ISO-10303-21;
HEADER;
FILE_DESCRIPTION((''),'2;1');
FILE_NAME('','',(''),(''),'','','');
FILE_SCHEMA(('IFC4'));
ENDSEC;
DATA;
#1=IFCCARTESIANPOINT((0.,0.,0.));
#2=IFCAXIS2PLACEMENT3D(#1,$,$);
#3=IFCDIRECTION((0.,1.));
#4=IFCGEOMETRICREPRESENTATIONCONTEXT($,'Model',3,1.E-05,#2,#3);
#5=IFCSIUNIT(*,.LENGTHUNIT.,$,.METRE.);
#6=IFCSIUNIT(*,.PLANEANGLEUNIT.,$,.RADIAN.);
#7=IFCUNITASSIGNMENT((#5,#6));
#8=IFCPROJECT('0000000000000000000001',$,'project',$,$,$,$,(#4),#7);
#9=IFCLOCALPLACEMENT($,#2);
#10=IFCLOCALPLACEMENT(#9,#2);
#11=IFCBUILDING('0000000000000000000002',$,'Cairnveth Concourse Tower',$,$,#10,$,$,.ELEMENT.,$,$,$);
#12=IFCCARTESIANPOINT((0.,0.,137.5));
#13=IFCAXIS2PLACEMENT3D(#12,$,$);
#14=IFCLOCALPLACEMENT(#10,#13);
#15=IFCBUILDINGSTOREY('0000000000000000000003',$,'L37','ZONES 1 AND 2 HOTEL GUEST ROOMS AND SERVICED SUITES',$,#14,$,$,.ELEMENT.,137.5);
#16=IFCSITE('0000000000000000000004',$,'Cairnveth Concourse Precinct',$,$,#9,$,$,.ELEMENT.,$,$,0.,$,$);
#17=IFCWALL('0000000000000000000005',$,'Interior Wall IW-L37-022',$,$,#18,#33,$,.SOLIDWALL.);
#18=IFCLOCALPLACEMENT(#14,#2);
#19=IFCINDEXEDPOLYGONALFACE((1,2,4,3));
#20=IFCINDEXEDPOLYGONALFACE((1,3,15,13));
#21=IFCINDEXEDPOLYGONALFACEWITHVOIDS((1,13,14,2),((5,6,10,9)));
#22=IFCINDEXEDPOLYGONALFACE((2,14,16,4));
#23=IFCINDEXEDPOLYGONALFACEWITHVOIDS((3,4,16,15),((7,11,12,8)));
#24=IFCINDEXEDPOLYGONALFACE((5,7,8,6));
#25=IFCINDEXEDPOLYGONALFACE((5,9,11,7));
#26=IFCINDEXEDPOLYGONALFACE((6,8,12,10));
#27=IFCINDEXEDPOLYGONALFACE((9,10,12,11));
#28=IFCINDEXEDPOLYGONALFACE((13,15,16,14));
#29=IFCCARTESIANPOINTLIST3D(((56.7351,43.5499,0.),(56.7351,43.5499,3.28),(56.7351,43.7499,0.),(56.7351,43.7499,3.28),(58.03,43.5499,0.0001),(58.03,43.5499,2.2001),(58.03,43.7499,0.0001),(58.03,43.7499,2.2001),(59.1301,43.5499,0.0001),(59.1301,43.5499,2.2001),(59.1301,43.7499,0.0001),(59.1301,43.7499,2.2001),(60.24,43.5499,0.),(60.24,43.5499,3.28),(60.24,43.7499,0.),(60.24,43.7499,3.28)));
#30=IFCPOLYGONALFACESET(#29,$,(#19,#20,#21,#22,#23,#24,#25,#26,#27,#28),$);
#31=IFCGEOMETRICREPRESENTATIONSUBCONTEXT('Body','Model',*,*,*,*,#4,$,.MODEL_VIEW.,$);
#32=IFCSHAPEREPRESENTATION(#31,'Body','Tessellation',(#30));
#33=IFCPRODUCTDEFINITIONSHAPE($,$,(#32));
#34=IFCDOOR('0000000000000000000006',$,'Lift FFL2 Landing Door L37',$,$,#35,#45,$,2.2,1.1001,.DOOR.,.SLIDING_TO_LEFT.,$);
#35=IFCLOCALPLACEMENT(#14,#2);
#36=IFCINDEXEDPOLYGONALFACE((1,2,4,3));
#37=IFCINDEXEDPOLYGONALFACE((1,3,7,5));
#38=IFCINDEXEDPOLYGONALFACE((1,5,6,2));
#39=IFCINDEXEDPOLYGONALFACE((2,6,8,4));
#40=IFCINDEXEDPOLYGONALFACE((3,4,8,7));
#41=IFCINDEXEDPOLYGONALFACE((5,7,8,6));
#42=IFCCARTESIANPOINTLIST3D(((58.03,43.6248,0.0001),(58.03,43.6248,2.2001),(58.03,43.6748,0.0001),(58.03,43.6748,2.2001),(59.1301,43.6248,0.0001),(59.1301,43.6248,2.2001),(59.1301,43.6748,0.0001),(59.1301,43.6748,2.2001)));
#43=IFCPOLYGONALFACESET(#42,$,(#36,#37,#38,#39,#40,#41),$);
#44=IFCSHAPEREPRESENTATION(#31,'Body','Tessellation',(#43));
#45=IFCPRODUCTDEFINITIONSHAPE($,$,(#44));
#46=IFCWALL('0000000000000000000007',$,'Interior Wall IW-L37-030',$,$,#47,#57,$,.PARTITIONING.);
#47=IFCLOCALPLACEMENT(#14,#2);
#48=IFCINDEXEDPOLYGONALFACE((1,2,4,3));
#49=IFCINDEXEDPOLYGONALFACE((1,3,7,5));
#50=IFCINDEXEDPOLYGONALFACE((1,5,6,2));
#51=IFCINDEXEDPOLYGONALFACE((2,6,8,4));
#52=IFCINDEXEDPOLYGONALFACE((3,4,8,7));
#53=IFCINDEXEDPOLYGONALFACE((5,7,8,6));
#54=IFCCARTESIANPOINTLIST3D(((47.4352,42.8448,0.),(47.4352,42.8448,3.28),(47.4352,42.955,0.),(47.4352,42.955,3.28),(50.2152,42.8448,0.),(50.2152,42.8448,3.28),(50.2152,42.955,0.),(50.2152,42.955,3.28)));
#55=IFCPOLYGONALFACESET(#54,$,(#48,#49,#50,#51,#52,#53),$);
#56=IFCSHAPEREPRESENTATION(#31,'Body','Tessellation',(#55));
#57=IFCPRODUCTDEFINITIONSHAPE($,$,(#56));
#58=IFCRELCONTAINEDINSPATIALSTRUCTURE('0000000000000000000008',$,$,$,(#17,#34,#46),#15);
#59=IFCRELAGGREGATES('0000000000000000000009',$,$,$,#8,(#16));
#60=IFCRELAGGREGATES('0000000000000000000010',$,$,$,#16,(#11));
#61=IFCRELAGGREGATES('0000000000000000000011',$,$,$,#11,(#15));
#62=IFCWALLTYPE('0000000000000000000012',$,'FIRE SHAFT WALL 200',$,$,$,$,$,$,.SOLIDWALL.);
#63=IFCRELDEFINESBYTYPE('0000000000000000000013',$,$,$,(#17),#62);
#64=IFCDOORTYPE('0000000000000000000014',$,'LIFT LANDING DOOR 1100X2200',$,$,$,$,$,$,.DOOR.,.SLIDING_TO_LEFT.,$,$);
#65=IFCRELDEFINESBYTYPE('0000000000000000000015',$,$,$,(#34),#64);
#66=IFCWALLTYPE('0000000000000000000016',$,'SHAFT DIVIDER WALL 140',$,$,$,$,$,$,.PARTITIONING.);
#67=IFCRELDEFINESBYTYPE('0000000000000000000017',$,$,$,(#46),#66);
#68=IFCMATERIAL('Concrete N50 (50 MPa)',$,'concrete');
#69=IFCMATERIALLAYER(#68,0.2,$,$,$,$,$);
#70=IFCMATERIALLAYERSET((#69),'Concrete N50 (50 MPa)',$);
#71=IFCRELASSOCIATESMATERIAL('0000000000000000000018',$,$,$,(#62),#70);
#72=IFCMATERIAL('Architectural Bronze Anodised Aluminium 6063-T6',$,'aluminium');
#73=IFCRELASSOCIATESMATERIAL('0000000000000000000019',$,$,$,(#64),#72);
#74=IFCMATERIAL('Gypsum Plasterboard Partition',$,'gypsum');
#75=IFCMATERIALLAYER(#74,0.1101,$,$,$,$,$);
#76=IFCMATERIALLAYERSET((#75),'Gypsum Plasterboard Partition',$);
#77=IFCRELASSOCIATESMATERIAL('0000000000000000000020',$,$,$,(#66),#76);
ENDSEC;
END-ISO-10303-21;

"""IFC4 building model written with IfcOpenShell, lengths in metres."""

from ifc_helpers import new_model, si_unit, direction, frame, frame_2d, origin, place, context, subcontext, project, spatial, rectangle, extrude, material, layer, layer_set, type_object, element, fill, save


model = new_model("IFC4")

# Units and contexts
model_context = context("Model", 3, precision=1e-05, world=origin(), true_north=direction((0.0, 1.0)))
body_context = subcontext(model_context, "Body", "Model", "MODEL_VIEW")
ifc_project = project(units=[si_unit("LENGTHUNIT", "METRE"), si_unit("PLANEANGLEUNIT", "RADIAN")], contexts=[model_context])

# Site, building, storey
site_placement = place(None, origin())
site = spatial("IfcSite", under=ifc_project, at=site_placement, Name="Cairnveth Concourse Precinct", CompositionType="ELEMENT", RefElevation=0.0)
building_placement = place(site_placement, origin())
building = spatial("IfcBuilding", under=site, at=building_placement, Name="Cairnveth Concourse Tower", CompositionType="ELEMENT")
storey_placement = place(building_placement, frame((0.0, 0.0, 137.5)))
storey = spatial("IfcBuildingStorey", under=building, at=storey_placement, Name="L37", Description="ZONES 1 AND 2 HOTEL GUEST ROOMS AND SERVICED SUITES", CompositionType="ELEMENT", Elevation=137.5)

# Shared definitions
ifc_material_1 = material(Name="Concrete N50 (50 MPa)", Category="concrete")

# Shared definitions
ifc_layer_1 = layer(ifc_material_1, 0.2)
ifc_layer_set_1 = layer_set([ifc_layer_1], Name="Concrete N50 (50 MPa)")
wall_type_1 = type_object("IfcWallType", Name="FIRE SHAFT WALL 200", PredefinedType="SOLIDWALL", material=ifc_layer_set_1)

# Wall, opening, door
wall_1_placement = place(storey_placement, frame((56.7351, 43.6499, 0.0), z_axis=(0.0, 0.0, 1.0), x_axis=(1.0, 0.0, 0.0)))
wall_1 = element("IfcWall", 1, at=wall_1_placement, inside=storey, type_object=wall_type_1, Name="Interior Wall IW-L37-022", PredefinedType="SOLIDWALL", context=body_context, shape_type="SweptSolid", body=[
    extrude(rectangle(XDim=3.5049, YDim=0.2, at=frame_2d((1.7524, 0.0))), origin(), (0.0, 0.0, 1.0), 3.28),
])
opening_1_placement = place(wall_1_placement, frame((1.2949, 0.0, 0.0)))
opening_1 = element("IfcOpeningElement", 2, at=opening_1_placement, cuts=wall_1, PredefinedType="OPENING", context=body_context, shape_type="SweptSolid", body=[
    extrude(rectangle(XDim=1.1001, YDim=2.2, at=frame_2d((0.55, 1.1001))), frame((0.0, 0.1099, 0.0), z_axis=(0.0, -1.0, 0.0), x_axis=(1.0, 0.0, 0.0)), (0.0, 0.0, 1.0), 0.22),
])
ifc_material_2 = material(Name="Architectural Bronze Anodised Aluminium 6063-T6", Category="aluminium")
door_type_1 = type_object("IfcDoorType", Name="LIFT LANDING DOOR 1100X2200", OperationType="SLIDING_TO_LEFT", PredefinedType="DOOR", material=ifc_material_2)
door_1_placement = place(opening_1_placement, origin())
door_1 = element("IfcDoor", 3, at=door_1_placement, inside=storey, type_object=door_type_1, Name="Lift FFL2 Landing Door L37", OperationType="SLIDING_TO_LEFT", OverallHeight=2.2, OverallWidth=1.1001, PredefinedType="DOOR", context=body_context, shape_type="SweptSolid", body=[
    extrude(rectangle(XDim=1.1001, YDim=2.2, at=frame_2d((0.55, 1.1001))), frame((0.0, 0.0249, 0.0), z_axis=(0.0, -1.0, 0.0), x_axis=(1.0, 0.0, 0.0)), (0.0, 0.0, 1.0), 0.05),
])
fill(opening_1, door_1)

# Wall
ifc_material_3 = material(Name="Gypsum Plasterboard Partition", Category="gypsum")
ifc_layer_2 = layer(ifc_material_3, 0.1101)
ifc_layer_set_2 = layer_set([ifc_layer_2], Name="Gypsum Plasterboard Partition")
wall_type_2 = type_object("IfcWallType", Name="SHAFT DIVIDER WALL 140", PredefinedType="PARTITIONING", material=ifc_layer_set_2)
wall_2_placement = place(storey_placement, frame((47.4351, 42.8999, 0.0), z_axis=(0.0, 0.0, 1.0), x_axis=(1.0, 0.0, 0.0)))
element("IfcWall", 4, at=wall_2_placement, inside=storey, type_object=wall_type_2, Name="Interior Wall IW-L37-030", PredefinedType="PARTITIONING", context=body_context, shape_type="SweptSolid", body=[
    extrude(rectangle(XDim=2.78, YDim=0.1101, at=frame_2d((1.3901, 0.0))), origin(), (0.0, 0.0, 1.0), 3.28),
])

save(model, "model.ifc")
